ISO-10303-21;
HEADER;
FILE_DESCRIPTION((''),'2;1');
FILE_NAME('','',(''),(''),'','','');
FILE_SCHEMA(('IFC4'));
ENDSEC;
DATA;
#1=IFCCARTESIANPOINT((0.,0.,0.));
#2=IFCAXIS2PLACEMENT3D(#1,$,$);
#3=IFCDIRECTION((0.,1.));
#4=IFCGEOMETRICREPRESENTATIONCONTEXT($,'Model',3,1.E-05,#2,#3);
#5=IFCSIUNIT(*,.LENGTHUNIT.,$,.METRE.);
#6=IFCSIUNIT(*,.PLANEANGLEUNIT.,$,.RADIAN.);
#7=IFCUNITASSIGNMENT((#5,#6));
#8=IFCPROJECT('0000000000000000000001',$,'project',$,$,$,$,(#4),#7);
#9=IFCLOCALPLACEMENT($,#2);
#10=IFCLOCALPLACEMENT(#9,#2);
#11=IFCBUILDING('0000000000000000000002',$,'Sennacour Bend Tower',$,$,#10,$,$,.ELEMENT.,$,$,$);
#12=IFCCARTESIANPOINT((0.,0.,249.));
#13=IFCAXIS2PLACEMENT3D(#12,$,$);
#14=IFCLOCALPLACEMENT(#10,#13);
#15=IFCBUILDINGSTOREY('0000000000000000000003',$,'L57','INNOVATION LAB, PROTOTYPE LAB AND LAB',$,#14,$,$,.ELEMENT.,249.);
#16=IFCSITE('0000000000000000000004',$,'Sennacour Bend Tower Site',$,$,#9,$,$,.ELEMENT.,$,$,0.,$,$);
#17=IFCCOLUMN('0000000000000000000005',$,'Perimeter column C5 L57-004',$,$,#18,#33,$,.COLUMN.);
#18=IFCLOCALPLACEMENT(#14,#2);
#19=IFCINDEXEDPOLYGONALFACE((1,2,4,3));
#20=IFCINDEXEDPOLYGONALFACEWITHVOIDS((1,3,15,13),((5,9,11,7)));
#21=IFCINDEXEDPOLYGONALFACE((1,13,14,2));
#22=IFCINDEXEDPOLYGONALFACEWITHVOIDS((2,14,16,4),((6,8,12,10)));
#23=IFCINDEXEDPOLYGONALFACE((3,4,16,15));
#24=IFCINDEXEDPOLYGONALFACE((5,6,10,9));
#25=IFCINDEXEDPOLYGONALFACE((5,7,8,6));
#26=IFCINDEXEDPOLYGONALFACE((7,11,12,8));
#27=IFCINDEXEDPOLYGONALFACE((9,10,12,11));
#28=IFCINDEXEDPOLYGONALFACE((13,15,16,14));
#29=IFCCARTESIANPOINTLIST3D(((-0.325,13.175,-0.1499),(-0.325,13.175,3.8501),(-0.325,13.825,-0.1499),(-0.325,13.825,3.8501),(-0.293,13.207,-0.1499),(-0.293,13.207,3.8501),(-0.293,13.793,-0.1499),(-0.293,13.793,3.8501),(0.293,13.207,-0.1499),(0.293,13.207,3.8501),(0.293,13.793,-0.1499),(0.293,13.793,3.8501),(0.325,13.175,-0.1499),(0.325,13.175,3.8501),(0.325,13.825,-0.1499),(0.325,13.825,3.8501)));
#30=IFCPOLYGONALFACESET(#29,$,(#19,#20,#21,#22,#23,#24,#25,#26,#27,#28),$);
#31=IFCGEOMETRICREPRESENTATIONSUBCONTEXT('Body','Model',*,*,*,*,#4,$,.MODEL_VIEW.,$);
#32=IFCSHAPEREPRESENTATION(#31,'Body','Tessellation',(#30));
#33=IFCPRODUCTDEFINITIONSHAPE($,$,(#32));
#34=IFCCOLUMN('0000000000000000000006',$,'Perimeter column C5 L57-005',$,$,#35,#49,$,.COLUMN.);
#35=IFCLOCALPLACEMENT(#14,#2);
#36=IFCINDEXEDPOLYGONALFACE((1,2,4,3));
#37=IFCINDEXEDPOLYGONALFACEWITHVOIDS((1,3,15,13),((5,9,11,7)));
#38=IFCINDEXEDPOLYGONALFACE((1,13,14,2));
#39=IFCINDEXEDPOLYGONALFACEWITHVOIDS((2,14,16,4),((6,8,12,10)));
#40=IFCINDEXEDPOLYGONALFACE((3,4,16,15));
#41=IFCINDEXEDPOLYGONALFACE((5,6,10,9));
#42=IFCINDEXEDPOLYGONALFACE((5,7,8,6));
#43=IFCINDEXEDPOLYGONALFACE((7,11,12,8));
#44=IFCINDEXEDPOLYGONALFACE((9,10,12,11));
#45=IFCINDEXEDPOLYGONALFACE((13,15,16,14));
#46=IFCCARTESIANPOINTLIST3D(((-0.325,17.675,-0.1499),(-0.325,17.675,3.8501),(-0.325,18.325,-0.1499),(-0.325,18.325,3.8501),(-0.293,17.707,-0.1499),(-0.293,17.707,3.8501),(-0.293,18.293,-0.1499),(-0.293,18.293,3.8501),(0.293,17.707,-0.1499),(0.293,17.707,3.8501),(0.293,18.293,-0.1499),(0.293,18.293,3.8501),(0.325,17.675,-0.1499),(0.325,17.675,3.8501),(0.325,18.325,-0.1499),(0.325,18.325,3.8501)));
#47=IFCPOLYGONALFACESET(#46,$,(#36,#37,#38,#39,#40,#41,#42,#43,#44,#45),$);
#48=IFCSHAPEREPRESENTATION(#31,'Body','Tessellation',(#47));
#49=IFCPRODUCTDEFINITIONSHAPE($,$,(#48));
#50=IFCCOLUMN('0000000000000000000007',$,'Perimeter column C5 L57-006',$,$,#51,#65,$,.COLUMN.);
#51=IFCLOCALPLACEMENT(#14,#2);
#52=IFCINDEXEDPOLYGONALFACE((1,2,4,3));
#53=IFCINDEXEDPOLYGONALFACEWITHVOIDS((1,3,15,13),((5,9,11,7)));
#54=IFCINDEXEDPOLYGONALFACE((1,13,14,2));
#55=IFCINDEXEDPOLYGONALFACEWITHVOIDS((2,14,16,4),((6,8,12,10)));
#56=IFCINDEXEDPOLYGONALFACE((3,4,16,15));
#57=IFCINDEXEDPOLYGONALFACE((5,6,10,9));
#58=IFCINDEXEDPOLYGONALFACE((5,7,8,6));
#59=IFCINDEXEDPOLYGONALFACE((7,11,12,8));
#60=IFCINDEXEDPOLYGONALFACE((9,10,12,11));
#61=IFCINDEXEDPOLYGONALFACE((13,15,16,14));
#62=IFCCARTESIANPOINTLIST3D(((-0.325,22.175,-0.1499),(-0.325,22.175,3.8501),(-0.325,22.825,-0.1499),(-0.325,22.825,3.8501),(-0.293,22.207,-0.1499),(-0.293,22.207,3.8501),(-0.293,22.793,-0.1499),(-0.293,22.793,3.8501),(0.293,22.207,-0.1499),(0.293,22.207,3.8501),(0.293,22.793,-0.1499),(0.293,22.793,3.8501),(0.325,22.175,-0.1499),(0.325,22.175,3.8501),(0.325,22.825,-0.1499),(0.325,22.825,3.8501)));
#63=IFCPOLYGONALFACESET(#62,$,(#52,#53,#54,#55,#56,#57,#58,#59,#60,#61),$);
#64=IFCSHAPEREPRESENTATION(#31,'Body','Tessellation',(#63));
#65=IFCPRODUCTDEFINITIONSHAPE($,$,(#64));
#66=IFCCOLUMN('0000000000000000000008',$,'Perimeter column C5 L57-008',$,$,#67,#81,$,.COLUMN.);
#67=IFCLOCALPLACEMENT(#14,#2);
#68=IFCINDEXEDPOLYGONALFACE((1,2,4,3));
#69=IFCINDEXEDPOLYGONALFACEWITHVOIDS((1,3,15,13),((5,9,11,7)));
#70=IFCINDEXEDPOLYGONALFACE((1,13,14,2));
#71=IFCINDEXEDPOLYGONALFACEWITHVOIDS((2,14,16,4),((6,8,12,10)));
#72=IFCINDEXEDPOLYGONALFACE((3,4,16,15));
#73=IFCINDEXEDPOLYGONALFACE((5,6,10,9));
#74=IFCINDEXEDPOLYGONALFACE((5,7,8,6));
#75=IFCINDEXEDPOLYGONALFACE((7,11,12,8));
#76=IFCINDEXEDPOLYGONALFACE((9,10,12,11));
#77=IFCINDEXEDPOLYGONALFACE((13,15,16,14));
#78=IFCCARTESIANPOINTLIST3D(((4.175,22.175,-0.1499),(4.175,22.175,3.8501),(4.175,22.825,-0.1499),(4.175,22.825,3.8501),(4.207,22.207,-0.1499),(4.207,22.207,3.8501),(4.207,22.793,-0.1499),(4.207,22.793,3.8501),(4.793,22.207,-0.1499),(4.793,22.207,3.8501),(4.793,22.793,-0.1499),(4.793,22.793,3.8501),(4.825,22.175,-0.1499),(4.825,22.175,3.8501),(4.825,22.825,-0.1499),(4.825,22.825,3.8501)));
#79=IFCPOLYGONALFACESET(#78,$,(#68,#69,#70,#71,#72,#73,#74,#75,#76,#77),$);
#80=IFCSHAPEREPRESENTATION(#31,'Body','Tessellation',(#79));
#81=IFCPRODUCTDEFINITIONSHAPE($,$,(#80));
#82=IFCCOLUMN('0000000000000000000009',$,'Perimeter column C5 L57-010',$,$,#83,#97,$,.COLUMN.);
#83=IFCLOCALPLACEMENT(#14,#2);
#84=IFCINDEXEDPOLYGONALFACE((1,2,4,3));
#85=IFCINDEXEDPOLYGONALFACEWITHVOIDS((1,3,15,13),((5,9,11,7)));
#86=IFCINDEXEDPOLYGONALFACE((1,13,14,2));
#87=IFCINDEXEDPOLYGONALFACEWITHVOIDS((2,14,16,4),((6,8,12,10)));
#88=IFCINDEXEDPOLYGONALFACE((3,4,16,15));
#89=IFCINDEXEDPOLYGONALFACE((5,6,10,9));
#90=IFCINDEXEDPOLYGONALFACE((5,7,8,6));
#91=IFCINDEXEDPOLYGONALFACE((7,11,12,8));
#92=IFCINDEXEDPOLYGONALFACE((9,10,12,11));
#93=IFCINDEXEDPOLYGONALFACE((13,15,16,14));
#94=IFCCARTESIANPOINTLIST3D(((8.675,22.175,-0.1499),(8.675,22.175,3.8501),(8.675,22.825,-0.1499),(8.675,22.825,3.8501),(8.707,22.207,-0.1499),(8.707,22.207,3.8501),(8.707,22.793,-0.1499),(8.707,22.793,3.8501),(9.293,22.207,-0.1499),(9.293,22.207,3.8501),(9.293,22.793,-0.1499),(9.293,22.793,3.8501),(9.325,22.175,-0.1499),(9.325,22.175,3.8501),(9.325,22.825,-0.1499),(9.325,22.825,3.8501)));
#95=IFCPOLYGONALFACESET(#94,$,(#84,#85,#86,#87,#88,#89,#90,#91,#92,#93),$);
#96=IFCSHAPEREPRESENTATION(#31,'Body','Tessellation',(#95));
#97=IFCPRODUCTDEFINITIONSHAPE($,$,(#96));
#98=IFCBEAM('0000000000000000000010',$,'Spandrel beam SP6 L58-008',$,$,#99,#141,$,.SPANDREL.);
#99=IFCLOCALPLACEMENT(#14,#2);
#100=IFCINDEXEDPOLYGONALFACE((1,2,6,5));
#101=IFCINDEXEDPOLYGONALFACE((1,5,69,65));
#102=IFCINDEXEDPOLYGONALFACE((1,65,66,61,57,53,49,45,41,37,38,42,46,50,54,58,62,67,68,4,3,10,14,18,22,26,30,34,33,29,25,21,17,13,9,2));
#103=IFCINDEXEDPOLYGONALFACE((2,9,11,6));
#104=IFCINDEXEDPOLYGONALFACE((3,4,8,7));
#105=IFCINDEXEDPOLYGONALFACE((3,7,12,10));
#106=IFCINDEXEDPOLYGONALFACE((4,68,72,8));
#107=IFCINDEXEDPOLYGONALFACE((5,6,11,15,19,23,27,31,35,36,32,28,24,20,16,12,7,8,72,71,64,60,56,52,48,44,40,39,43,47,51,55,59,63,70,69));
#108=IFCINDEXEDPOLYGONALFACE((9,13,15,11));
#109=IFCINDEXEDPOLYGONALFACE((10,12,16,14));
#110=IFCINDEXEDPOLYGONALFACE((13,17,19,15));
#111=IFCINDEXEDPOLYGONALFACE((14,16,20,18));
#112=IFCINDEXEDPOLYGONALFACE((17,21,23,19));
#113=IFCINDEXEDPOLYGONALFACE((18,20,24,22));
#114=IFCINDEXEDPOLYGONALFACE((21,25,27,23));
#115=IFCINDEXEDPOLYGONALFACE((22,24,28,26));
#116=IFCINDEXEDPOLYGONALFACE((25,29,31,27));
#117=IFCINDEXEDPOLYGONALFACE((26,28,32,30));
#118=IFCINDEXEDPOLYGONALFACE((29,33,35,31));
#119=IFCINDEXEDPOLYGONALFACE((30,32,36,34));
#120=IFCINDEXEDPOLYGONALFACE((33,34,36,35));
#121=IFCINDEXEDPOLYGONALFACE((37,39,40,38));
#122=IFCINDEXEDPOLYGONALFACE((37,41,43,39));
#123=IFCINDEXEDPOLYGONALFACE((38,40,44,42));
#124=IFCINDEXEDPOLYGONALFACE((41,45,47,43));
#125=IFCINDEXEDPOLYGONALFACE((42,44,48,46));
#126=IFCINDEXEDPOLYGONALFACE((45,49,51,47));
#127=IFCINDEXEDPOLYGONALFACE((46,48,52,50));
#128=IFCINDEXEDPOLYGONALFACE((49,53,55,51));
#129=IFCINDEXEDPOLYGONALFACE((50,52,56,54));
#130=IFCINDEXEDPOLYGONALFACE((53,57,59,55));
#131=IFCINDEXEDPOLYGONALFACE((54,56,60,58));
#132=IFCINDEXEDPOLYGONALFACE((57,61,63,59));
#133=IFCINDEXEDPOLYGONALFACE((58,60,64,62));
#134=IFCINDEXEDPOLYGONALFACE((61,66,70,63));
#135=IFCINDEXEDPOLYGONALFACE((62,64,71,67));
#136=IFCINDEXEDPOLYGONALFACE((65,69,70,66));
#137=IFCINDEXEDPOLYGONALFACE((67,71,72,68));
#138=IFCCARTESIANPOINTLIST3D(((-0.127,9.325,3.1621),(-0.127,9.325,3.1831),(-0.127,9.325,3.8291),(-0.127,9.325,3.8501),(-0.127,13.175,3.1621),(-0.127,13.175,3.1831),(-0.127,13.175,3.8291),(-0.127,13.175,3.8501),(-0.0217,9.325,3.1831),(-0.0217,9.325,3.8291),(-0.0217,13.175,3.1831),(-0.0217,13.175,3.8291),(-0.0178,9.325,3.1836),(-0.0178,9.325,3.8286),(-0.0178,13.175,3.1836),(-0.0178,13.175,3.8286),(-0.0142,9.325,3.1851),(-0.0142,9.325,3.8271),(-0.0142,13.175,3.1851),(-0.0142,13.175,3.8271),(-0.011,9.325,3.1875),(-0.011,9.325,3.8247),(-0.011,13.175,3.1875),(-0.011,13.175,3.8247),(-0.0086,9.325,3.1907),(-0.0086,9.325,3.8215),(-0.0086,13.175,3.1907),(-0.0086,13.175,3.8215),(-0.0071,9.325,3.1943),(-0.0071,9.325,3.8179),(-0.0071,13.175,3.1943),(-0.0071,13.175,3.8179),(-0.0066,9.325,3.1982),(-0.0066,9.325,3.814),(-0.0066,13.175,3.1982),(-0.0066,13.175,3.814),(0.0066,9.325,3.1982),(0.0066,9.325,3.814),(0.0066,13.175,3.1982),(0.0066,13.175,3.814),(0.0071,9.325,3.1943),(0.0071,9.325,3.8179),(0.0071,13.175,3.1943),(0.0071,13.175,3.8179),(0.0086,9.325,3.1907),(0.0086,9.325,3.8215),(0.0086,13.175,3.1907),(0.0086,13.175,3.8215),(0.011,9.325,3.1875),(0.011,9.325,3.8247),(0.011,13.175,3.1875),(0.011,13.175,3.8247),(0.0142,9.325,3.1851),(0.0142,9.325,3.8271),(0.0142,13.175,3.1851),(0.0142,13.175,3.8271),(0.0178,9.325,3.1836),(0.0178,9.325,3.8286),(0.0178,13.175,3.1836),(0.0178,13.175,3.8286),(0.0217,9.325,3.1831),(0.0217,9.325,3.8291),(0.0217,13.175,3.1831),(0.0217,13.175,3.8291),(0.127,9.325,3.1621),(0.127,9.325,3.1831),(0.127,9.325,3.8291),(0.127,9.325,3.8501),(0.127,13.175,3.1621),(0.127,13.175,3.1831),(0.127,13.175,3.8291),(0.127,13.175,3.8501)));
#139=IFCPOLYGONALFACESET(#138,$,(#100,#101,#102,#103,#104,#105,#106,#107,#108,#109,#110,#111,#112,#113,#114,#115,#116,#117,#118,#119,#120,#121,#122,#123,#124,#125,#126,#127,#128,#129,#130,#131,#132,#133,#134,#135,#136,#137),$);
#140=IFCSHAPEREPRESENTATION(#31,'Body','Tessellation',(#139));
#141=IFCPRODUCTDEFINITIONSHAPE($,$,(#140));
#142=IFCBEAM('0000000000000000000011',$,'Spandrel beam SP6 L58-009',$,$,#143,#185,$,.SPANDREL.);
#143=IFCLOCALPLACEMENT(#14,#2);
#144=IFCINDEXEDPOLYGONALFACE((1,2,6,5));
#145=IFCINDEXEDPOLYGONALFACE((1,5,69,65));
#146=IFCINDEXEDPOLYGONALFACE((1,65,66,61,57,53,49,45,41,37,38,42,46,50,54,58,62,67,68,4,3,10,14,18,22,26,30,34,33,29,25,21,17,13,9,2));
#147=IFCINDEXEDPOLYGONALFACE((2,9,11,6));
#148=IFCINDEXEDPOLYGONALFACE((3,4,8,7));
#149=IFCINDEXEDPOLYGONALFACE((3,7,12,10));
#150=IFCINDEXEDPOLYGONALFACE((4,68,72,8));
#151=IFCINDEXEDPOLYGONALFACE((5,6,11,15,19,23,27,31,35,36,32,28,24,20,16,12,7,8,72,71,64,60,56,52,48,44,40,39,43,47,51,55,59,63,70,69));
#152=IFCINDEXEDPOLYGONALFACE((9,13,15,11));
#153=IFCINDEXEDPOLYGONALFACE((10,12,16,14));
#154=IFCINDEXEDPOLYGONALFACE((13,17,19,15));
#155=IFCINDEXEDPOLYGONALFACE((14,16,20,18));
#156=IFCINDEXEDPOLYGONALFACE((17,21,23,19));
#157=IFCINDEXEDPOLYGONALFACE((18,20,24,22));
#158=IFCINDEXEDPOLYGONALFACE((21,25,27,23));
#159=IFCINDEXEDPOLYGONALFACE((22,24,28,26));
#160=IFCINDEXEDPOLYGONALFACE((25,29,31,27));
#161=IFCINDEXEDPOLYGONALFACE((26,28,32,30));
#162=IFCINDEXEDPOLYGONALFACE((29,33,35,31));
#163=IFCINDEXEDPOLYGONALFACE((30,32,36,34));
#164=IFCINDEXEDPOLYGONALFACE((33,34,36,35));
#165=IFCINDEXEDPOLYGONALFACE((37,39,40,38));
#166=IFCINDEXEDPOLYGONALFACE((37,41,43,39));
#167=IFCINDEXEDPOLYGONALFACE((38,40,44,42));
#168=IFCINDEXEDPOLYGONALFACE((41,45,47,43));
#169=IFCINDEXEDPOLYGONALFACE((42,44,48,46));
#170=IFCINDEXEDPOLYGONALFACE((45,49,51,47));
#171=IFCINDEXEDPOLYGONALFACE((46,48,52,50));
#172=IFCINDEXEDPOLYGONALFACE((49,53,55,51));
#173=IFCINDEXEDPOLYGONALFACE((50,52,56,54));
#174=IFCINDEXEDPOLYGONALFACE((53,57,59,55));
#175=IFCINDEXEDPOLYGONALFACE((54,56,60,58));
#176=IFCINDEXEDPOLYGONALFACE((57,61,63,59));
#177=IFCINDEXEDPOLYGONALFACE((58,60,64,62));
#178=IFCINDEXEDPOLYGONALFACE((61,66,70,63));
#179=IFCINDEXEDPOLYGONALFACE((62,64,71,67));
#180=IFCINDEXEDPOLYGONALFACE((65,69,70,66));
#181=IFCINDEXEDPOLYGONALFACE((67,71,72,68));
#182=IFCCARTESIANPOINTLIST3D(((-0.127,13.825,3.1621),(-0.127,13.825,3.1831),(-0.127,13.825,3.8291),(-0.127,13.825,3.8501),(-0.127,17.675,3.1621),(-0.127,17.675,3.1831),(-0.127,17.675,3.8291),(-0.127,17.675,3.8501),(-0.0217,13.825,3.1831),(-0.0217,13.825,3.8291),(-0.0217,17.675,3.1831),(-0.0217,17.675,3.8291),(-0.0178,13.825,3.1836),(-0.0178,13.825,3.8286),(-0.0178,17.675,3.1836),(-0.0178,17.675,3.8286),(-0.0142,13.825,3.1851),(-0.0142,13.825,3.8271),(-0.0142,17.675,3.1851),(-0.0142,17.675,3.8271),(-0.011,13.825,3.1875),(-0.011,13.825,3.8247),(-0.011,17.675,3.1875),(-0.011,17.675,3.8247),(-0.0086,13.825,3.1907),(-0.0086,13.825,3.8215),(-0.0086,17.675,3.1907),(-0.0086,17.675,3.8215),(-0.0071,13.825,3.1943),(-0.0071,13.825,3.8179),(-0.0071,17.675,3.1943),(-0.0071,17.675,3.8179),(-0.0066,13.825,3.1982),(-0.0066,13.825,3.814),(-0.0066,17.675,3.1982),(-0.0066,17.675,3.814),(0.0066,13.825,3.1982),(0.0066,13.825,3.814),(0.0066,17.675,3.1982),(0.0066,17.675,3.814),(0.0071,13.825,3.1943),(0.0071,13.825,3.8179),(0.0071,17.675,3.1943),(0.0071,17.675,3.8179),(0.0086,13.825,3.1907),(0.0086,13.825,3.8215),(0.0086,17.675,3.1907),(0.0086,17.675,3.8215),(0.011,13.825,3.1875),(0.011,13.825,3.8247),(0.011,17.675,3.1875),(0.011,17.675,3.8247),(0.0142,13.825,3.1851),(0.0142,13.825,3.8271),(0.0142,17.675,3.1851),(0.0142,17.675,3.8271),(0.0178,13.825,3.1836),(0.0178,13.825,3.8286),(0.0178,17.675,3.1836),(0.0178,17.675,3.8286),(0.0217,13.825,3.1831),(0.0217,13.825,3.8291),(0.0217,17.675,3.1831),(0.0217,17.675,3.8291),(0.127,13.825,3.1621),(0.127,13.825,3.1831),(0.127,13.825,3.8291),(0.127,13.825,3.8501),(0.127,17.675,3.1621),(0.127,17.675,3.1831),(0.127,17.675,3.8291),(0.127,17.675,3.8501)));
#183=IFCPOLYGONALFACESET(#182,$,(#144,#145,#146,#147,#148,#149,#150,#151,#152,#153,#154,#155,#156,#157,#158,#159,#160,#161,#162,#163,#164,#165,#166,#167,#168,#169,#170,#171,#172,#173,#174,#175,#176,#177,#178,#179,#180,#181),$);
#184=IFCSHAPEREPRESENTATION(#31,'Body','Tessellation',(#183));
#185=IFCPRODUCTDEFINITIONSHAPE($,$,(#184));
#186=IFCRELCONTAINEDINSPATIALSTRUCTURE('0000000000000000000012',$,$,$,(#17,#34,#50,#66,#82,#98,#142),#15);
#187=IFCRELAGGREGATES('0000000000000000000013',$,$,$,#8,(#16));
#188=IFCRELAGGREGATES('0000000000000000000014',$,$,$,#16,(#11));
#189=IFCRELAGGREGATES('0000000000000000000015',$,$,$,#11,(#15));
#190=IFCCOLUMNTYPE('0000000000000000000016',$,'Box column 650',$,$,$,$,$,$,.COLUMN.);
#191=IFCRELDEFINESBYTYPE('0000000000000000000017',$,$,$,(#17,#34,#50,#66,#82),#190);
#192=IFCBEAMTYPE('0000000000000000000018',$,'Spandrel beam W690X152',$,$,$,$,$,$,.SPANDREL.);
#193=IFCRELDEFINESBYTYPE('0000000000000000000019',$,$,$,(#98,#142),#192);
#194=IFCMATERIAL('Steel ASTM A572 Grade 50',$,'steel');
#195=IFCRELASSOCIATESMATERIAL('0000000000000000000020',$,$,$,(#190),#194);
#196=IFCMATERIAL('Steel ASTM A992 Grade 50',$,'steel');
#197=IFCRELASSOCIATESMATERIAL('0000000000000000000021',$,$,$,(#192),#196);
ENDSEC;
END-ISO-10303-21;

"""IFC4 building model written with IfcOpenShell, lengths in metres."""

from ifc_helpers import new_model, si_unit, direction, frame, origin, origin_2d, place, context, subcontext, project, spatial, hollow_rectangle, i_section, extrude, material, material_profile, profile_set, type_object, element, save


model = new_model("IFC4")

# Units and contexts
model_context = context("Model", 3, precision=1e-05, world=origin(), true_north=direction((0.0, 1.0)))
body_context = subcontext(model_context, "Body", "Model", "MODEL_VIEW")
ifc_project = project(units=[si_unit("LENGTHUNIT", "METRE"), si_unit("PLANEANGLEUNIT", "RADIAN")], contexts=[model_context])

# Site, building, storey
site_placement = place(None, origin())
site = spatial("IfcSite", under=ifc_project, at=site_placement, Name="Sennacour Bend Tower Site", CompositionType="ELEMENT", RefElevation=0.0)
building_placement = place(site_placement, origin())
building = spatial("IfcBuilding", under=site, at=building_placement, Name="Sennacour Bend Tower", CompositionType="ELEMENT")
storey_placement = place(building_placement, frame((0.0, 0.0, 249.0)))
storey = spatial("IfcBuildingStorey", under=building, at=storey_placement, Name="L57", Description="INNOVATION LAB, PROTOTYPE LAB AND LAB", CompositionType="ELEMENT", Elevation=249.0)

# Columns
ifc_material_1 = material(Name="Steel ASTM A572 Grade 50", Category="steel")
ifc_material_profile_1 = material_profile(ifc_material_1, hollow_rectangle(XDim=0.6499, YDim=0.6499, WallThickness=0.032, at=origin_2d()), Name="Steel ASTM A572 Grade 50", Category="steel")
ifc_profile_set_1 = profile_set([ifc_material_profile_1], Name="Steel ASTM A572 Grade 50")
column_type = type_object("IfcColumnType", Name="Box column 650", PredefinedType="COLUMN", material=ifc_profile_set_1)
for number, where, z_axis, x_axis, name in (
    (1, (0.0, 13.5, -0.1499), (0.0, 0.0, 1.0), (1.0, 0.0, 0.0), "Perimeter column C5 L57-004"),
    (2, (0.0, 18.0, -0.1499), (0.0, 0.0, 1.0), (1.0, 0.0, 0.0), "Perimeter column C5 L57-005"),
    (3, (0.0, 22.5, -0.1499), (0.0, 0.0, 1.0), (1.0, 0.0, 0.0), "Perimeter column C5 L57-006"),
    (4, (4.5, 22.5, -0.1499), (0.0, 0.0, 1.0), (1.0, 0.0, 0.0), "Perimeter column C5 L57-008"),
    (5, (9.0, 22.5, -0.1499), (0.0, 0.0, 1.0), (1.0, 0.0, 0.0), "Perimeter column C5 L57-010"),
):
    element("IfcColumn", number, at=place(storey_placement, frame(where, z_axis=z_axis, x_axis=x_axis)), inside=storey, type_object=column_type, Name=name, PredefinedType="COLUMN", context=body_context, shape_type="SweptSolid", body=[
        extrude(hollow_rectangle(XDim=0.6499, YDim=0.6499, WallThickness=0.032, at=origin_2d()), origin(), (0.0, 0.0, 1.0), 4.0),
    ])

# Beams
ifc_material_2 = material(Name="Steel ASTM A992 Grade 50", Category="steel")
ifc_material_profile_2 = material_profile(ifc_material_2, i_section(OverallWidth=0.2539, OverallDepth=0.688, WebThickness=0.0132, FlangeThickness=0.021, FilletRadius=0.0151, at=origin_2d()), Name="Steel ASTM A992 Grade 50", Category="steel")
ifc_profile_set_2 = profile_set([ifc_material_profile_2], Name="Steel ASTM A992 Grade 50")
beam_type = type_object("IfcBeamType", Name="Spandrel beam W690X152", PredefinedType="SPANDREL", material=ifc_profile_set_2)
for number, where, z_axis, x_axis, name in (
    (6, (0.0, 9.325, 3.5061), (0.0, 1.0, 0.0), (-1.0, 0.0, 0.0), "Spandrel beam SP6 L58-008"),
    (7, (0.0, 13.825, 3.5061), (0.0, 1.0, 0.0), (-1.0, 0.0, 0.0), "Spandrel beam SP6 L58-009"),
):
    element("IfcBeam", number, at=place(storey_placement, frame(where, z_axis=z_axis, x_axis=x_axis)), inside=storey, type_object=beam_type, Name=name, PredefinedType="SPANDREL", context=body_context, shape_type="SweptSolid", body=[
        extrude(i_section(OverallWidth=0.2539, OverallDepth=0.688, WebThickness=0.0132, FlangeThickness=0.021, FilletRadius=0.0151, at=origin_2d()), origin(), (0.0, 0.0, 1.0), 3.8501),
    ])

save(model, "model.ifc")
